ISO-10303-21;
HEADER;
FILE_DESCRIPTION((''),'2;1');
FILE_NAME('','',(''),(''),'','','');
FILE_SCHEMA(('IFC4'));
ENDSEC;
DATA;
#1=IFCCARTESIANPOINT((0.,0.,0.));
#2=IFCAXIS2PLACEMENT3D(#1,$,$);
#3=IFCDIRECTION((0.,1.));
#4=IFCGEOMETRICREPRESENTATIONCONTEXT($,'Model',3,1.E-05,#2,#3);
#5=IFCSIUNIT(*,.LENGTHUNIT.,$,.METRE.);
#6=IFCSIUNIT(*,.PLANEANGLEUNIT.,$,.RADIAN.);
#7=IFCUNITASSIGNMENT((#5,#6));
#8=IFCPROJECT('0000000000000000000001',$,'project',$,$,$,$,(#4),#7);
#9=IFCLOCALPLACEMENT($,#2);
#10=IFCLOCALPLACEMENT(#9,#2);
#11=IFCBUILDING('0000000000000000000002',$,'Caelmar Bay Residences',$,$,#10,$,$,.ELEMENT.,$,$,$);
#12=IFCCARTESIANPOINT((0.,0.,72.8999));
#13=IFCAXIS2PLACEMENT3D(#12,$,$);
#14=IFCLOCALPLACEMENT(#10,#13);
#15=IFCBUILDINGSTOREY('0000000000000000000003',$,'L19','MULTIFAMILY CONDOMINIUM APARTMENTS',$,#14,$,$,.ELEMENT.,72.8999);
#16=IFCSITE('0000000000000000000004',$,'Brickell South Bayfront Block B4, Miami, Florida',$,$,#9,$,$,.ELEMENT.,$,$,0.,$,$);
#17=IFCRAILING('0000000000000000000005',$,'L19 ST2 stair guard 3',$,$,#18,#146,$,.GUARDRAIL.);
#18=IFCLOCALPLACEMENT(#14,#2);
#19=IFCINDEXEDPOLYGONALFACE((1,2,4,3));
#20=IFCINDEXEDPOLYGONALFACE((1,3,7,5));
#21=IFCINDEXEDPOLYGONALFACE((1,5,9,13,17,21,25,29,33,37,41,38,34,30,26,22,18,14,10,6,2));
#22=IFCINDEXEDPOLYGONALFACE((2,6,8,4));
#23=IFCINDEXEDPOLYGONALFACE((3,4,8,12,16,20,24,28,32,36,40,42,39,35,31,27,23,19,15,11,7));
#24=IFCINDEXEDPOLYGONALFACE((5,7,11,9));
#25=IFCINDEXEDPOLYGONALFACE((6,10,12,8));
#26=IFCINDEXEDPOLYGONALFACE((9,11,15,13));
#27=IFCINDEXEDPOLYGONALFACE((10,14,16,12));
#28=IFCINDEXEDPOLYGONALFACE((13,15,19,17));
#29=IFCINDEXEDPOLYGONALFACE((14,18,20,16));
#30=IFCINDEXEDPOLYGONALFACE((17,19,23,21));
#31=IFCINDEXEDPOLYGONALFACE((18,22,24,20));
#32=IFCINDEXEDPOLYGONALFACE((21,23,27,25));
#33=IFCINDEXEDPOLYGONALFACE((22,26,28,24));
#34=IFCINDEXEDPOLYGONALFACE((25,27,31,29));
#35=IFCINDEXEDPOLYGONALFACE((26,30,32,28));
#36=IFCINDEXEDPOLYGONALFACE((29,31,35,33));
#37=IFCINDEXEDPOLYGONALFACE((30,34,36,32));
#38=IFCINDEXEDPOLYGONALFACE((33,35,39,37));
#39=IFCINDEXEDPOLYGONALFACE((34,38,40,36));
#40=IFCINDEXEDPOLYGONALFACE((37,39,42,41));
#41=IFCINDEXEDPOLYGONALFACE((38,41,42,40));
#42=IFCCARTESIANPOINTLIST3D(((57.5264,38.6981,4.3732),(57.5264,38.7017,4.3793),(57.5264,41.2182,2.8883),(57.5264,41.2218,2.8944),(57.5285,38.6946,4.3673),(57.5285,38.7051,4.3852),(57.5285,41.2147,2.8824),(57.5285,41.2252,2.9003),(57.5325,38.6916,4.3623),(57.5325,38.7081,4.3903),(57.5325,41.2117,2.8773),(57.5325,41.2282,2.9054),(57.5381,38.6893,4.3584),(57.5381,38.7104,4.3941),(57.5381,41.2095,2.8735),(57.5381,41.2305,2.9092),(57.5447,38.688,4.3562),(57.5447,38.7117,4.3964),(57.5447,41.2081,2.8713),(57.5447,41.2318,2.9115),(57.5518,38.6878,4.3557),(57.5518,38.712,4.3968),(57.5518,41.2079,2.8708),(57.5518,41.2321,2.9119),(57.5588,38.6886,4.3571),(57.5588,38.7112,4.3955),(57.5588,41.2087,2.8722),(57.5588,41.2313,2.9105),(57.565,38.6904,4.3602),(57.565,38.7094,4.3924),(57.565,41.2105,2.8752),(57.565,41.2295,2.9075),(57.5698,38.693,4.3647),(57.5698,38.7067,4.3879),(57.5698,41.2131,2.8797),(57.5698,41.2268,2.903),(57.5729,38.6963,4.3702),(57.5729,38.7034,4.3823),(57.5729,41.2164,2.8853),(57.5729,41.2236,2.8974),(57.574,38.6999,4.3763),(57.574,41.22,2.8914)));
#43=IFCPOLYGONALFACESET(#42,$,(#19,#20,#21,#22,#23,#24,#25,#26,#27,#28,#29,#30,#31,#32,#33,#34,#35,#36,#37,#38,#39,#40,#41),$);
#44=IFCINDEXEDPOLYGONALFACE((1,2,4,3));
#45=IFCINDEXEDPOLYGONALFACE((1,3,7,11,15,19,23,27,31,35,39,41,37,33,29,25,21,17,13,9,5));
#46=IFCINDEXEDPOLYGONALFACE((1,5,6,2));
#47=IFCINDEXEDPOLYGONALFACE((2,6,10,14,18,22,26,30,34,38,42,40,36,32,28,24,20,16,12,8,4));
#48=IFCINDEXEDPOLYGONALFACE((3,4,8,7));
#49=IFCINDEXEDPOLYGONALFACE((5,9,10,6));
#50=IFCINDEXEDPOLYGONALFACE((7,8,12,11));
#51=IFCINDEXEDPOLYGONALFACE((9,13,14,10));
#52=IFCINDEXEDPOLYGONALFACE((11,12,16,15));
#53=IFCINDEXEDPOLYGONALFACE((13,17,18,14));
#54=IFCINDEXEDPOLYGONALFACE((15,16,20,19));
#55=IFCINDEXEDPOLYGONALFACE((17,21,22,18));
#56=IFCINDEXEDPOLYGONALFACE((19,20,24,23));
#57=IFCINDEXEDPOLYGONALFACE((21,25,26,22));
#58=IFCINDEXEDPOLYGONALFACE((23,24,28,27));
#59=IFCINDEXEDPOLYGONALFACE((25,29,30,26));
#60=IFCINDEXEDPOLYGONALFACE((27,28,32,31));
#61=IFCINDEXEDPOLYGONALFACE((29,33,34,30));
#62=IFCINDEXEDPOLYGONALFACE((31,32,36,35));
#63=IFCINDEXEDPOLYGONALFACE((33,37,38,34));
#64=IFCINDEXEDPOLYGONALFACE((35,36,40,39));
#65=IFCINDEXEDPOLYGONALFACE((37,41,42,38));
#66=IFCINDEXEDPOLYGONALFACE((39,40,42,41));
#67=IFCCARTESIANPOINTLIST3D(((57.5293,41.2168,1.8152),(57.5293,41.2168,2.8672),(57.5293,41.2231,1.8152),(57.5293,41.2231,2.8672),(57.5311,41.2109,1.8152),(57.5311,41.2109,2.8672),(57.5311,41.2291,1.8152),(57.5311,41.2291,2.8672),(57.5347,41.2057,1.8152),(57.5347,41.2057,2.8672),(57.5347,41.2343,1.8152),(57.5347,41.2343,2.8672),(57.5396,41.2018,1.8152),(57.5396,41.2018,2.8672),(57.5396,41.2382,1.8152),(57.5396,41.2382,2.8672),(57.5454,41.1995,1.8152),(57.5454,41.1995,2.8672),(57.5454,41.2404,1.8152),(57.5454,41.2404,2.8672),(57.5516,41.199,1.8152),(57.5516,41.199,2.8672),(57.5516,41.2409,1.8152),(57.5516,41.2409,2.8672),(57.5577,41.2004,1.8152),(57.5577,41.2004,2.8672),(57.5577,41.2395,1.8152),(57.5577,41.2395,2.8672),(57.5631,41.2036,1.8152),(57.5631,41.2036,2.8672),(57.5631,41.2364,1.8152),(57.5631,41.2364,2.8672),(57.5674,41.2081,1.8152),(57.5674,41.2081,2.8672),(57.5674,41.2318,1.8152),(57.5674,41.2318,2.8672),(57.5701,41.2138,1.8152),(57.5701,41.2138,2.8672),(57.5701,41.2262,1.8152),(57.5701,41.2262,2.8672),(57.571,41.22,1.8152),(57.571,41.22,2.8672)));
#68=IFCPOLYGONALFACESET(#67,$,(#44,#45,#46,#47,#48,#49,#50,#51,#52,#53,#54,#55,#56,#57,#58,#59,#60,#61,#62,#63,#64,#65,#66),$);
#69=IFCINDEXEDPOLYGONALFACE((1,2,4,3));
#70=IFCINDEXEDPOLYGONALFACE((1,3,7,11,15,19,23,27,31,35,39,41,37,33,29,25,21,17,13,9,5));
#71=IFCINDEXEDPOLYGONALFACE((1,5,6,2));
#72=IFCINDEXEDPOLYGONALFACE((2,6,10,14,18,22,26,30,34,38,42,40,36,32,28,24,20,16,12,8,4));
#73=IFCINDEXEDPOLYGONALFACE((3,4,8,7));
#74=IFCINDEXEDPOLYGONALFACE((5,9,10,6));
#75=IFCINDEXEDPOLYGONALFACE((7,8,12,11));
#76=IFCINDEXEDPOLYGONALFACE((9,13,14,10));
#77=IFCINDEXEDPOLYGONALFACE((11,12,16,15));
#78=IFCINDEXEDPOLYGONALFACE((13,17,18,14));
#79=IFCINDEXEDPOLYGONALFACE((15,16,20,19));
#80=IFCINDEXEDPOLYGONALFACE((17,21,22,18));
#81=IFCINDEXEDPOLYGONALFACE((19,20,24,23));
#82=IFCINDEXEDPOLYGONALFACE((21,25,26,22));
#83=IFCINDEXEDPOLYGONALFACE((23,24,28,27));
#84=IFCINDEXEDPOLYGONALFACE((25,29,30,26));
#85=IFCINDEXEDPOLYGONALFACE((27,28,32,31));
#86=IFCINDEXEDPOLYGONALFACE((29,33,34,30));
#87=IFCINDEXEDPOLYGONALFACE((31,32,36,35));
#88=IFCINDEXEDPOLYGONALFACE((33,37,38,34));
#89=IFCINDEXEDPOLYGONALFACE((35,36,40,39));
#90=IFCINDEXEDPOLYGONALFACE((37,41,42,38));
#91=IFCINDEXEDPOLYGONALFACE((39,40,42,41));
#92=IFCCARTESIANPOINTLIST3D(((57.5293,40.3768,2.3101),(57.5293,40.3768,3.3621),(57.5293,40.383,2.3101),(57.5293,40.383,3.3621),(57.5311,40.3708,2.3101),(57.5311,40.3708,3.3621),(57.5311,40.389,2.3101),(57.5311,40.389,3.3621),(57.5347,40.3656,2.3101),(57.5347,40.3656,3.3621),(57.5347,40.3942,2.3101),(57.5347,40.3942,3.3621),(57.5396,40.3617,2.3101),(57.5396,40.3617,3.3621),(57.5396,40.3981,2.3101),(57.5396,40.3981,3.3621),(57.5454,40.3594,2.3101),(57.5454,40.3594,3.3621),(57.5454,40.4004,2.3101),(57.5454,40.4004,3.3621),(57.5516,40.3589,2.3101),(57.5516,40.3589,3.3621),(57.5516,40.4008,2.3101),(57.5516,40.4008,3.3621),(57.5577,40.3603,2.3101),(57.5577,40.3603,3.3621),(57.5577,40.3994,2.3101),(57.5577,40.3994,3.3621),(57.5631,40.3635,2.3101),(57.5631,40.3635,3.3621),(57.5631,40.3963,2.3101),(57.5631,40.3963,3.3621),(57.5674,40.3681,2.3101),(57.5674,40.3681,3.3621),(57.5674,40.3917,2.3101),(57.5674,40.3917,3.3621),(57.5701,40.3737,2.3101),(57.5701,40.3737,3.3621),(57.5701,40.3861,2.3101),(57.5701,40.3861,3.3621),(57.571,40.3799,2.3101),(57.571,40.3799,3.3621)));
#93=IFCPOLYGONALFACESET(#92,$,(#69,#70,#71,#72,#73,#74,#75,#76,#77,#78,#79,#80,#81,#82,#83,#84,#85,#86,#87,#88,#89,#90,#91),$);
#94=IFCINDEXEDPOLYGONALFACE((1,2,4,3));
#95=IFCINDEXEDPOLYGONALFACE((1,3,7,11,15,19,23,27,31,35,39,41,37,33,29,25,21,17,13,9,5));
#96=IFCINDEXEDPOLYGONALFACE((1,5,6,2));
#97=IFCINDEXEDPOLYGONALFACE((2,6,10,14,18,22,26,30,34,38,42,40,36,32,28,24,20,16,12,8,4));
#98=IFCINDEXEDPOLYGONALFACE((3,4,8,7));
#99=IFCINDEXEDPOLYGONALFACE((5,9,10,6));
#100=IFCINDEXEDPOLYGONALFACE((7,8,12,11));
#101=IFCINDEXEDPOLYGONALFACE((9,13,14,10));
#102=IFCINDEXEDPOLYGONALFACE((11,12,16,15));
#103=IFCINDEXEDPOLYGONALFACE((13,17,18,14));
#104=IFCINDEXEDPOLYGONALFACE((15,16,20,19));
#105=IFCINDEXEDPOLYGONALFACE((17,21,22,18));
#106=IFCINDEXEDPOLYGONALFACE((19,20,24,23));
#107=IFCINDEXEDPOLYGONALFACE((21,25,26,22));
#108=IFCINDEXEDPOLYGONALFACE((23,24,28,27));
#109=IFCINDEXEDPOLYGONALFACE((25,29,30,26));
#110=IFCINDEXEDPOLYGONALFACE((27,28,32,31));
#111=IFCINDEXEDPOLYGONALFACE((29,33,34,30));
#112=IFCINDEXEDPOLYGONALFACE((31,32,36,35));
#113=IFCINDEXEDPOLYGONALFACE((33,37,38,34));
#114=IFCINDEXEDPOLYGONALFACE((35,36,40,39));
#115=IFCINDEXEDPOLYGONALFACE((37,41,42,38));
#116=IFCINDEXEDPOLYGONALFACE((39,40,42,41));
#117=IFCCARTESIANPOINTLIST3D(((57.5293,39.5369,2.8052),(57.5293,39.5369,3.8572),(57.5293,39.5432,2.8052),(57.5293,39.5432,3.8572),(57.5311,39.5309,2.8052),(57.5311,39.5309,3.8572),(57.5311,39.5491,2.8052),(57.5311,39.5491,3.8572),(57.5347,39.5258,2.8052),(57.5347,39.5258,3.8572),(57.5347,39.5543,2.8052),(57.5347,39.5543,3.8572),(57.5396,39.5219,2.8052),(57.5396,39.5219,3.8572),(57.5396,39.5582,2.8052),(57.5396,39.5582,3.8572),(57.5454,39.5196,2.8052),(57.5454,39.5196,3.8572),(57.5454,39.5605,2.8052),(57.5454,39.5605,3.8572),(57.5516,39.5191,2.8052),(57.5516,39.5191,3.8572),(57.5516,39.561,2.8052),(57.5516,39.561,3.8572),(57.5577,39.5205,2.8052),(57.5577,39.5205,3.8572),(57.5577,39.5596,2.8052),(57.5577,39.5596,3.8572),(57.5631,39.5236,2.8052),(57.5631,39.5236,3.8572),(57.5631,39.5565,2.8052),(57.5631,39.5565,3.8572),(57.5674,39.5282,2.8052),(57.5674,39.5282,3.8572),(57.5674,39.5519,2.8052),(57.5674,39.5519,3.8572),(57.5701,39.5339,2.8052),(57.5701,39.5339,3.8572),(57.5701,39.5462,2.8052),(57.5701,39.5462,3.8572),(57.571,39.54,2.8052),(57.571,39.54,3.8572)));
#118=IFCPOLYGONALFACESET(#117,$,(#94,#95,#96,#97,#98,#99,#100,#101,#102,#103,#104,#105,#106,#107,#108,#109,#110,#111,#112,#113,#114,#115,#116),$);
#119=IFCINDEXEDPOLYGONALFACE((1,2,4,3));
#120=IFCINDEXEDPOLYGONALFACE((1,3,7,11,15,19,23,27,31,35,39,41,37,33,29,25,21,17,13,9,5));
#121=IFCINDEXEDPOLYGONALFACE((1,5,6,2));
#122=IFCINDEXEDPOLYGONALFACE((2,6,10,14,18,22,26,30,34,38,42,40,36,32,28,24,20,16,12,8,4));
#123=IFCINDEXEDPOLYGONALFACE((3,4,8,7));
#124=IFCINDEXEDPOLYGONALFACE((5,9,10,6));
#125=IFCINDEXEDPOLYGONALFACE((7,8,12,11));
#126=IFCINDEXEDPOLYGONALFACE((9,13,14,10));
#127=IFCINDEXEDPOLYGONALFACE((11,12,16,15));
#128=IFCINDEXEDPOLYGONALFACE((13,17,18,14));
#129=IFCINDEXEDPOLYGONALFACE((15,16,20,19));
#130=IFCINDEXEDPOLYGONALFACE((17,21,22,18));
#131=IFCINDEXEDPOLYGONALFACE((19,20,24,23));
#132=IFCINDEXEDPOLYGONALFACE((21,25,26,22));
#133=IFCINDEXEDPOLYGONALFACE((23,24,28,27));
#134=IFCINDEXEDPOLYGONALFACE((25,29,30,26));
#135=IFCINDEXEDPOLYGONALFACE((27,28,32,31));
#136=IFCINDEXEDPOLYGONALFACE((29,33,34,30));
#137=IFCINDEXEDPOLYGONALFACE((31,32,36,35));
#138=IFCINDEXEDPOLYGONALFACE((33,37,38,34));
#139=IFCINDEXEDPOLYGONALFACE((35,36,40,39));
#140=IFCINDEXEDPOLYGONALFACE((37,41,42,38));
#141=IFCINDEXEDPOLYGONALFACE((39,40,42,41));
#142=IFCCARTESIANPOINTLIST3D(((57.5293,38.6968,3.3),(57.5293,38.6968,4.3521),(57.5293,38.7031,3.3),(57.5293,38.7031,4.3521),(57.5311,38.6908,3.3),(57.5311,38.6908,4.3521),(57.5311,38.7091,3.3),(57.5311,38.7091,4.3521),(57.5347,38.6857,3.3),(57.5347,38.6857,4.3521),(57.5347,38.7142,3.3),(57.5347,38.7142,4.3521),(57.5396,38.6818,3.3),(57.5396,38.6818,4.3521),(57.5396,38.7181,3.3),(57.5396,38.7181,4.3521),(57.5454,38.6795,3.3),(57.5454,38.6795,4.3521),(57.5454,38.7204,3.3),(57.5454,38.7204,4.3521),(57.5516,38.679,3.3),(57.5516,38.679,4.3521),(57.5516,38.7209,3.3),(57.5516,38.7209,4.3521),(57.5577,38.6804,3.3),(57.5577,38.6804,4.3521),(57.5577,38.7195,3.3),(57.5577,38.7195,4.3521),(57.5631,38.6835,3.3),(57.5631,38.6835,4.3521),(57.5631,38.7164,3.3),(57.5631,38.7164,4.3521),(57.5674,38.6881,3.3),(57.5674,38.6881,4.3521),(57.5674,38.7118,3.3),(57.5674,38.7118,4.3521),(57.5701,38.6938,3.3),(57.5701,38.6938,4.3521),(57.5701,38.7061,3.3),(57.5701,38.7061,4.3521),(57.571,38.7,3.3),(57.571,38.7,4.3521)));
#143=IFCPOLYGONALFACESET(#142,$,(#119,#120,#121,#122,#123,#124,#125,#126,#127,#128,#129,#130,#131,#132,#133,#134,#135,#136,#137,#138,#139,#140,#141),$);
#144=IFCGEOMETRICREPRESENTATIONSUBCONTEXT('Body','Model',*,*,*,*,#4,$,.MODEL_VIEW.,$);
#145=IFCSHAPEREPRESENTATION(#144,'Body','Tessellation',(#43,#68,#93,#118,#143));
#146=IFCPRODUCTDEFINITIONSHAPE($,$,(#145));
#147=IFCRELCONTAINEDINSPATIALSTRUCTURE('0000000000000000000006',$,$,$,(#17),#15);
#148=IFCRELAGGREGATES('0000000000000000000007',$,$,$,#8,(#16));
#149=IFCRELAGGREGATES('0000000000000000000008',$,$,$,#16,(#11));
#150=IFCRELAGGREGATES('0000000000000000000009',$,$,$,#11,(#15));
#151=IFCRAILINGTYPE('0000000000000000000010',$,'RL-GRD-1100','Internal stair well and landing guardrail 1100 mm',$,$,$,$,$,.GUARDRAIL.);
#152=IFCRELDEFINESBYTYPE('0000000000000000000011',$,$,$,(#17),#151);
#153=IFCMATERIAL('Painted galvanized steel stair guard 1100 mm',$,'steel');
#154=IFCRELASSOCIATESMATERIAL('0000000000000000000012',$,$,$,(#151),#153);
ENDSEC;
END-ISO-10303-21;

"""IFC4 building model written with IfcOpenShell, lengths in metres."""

from ifc_helpers import new_model, si_unit, direction, frame, origin, origin_2d, place, context, subcontext, project, spatial, circle, extrude, material, type_object, element, save


model = new_model("IFC4")

# Units and contexts
model_context = context("Model", 3, precision=1e-05, world=origin(), true_north=direction((0.0, 1.0)))
body_context = subcontext(model_context, "Body", "Model", "MODEL_VIEW")
ifc_project = project(units=[si_unit("LENGTHUNIT", "METRE"), si_unit("PLANEANGLEUNIT", "RADIAN")], contexts=[model_context])

# Site, building, storey
site_placement = place(None, origin())
site = spatial("IfcSite", under=ifc_project, at=site_placement, Name="Brickell South Bayfront Block B4, Miami, Florida", CompositionType="ELEMENT", RefElevation=0.0)
building_placement = place(site_placement, origin())
building = spatial("IfcBuilding", under=site, at=building_placement, Name="Caelmar Bay Residences", CompositionType="ELEMENT")
storey_placement = place(building_placement, frame((0.0, 0.0, 72.8999)))
storey = spatial("IfcBuildingStorey", under=building, at=storey_placement, Name="L19", Description="MULTIFAMILY CONDOMINIUM APARTMENTS", CompositionType="ELEMENT", Elevation=72.8999)

# Railing
ifc_material_1 = material(Name="Painted galvanized steel stair guard 1100 mm", Category="steel")
railing_type_1 = type_object("IfcRailingType", Name="RL-GRD-1100", Description="Internal stair well and landing guardrail 1100 mm", PredefinedType="GUARDRAIL", material=ifc_material_1)
railing_1_placement = place(storey_placement, frame((57.55, 41.22, 1.8152)))
element("IfcRailing", 1, at=railing_1_placement, inside=storey, type_object=railing_type_1, Name="L19 ST2 stair guard 3", PredefinedType="GUARDRAIL", context=body_context, shape_type="SweptSolid", body=[
    extrude(circle(Radius=0.0239, at=origin_2d()), frame((0.0, 0.0, 1.0762), z_axis=(0.0, -0.861561, 0.507655), x_axis=(1.0, 0.0, 0.0)), (0.0, 0.0, 1.0), 2.925),
    extrude(circle(Radius=0.021, at=origin_2d()), origin(), (0.0, 0.0, 1.0), 1.052),
    extrude(circle(Radius=0.021, at=origin_2d()), frame((0.0, -0.8401, 0.4949)), (0.0, 0.0, 1.0), 1.052),
    extrude(circle(Radius=0.021, at=origin_2d()), frame((0.0, -1.6799, 0.99)), (0.0, 0.0, 1.0), 1.052),
    extrude(circle(Radius=0.021, at=origin_2d()), frame((0.0, -2.52, 1.4849)), (0.0, 0.0, 1.0), 1.052),
])

save(model, "model.ifc")
